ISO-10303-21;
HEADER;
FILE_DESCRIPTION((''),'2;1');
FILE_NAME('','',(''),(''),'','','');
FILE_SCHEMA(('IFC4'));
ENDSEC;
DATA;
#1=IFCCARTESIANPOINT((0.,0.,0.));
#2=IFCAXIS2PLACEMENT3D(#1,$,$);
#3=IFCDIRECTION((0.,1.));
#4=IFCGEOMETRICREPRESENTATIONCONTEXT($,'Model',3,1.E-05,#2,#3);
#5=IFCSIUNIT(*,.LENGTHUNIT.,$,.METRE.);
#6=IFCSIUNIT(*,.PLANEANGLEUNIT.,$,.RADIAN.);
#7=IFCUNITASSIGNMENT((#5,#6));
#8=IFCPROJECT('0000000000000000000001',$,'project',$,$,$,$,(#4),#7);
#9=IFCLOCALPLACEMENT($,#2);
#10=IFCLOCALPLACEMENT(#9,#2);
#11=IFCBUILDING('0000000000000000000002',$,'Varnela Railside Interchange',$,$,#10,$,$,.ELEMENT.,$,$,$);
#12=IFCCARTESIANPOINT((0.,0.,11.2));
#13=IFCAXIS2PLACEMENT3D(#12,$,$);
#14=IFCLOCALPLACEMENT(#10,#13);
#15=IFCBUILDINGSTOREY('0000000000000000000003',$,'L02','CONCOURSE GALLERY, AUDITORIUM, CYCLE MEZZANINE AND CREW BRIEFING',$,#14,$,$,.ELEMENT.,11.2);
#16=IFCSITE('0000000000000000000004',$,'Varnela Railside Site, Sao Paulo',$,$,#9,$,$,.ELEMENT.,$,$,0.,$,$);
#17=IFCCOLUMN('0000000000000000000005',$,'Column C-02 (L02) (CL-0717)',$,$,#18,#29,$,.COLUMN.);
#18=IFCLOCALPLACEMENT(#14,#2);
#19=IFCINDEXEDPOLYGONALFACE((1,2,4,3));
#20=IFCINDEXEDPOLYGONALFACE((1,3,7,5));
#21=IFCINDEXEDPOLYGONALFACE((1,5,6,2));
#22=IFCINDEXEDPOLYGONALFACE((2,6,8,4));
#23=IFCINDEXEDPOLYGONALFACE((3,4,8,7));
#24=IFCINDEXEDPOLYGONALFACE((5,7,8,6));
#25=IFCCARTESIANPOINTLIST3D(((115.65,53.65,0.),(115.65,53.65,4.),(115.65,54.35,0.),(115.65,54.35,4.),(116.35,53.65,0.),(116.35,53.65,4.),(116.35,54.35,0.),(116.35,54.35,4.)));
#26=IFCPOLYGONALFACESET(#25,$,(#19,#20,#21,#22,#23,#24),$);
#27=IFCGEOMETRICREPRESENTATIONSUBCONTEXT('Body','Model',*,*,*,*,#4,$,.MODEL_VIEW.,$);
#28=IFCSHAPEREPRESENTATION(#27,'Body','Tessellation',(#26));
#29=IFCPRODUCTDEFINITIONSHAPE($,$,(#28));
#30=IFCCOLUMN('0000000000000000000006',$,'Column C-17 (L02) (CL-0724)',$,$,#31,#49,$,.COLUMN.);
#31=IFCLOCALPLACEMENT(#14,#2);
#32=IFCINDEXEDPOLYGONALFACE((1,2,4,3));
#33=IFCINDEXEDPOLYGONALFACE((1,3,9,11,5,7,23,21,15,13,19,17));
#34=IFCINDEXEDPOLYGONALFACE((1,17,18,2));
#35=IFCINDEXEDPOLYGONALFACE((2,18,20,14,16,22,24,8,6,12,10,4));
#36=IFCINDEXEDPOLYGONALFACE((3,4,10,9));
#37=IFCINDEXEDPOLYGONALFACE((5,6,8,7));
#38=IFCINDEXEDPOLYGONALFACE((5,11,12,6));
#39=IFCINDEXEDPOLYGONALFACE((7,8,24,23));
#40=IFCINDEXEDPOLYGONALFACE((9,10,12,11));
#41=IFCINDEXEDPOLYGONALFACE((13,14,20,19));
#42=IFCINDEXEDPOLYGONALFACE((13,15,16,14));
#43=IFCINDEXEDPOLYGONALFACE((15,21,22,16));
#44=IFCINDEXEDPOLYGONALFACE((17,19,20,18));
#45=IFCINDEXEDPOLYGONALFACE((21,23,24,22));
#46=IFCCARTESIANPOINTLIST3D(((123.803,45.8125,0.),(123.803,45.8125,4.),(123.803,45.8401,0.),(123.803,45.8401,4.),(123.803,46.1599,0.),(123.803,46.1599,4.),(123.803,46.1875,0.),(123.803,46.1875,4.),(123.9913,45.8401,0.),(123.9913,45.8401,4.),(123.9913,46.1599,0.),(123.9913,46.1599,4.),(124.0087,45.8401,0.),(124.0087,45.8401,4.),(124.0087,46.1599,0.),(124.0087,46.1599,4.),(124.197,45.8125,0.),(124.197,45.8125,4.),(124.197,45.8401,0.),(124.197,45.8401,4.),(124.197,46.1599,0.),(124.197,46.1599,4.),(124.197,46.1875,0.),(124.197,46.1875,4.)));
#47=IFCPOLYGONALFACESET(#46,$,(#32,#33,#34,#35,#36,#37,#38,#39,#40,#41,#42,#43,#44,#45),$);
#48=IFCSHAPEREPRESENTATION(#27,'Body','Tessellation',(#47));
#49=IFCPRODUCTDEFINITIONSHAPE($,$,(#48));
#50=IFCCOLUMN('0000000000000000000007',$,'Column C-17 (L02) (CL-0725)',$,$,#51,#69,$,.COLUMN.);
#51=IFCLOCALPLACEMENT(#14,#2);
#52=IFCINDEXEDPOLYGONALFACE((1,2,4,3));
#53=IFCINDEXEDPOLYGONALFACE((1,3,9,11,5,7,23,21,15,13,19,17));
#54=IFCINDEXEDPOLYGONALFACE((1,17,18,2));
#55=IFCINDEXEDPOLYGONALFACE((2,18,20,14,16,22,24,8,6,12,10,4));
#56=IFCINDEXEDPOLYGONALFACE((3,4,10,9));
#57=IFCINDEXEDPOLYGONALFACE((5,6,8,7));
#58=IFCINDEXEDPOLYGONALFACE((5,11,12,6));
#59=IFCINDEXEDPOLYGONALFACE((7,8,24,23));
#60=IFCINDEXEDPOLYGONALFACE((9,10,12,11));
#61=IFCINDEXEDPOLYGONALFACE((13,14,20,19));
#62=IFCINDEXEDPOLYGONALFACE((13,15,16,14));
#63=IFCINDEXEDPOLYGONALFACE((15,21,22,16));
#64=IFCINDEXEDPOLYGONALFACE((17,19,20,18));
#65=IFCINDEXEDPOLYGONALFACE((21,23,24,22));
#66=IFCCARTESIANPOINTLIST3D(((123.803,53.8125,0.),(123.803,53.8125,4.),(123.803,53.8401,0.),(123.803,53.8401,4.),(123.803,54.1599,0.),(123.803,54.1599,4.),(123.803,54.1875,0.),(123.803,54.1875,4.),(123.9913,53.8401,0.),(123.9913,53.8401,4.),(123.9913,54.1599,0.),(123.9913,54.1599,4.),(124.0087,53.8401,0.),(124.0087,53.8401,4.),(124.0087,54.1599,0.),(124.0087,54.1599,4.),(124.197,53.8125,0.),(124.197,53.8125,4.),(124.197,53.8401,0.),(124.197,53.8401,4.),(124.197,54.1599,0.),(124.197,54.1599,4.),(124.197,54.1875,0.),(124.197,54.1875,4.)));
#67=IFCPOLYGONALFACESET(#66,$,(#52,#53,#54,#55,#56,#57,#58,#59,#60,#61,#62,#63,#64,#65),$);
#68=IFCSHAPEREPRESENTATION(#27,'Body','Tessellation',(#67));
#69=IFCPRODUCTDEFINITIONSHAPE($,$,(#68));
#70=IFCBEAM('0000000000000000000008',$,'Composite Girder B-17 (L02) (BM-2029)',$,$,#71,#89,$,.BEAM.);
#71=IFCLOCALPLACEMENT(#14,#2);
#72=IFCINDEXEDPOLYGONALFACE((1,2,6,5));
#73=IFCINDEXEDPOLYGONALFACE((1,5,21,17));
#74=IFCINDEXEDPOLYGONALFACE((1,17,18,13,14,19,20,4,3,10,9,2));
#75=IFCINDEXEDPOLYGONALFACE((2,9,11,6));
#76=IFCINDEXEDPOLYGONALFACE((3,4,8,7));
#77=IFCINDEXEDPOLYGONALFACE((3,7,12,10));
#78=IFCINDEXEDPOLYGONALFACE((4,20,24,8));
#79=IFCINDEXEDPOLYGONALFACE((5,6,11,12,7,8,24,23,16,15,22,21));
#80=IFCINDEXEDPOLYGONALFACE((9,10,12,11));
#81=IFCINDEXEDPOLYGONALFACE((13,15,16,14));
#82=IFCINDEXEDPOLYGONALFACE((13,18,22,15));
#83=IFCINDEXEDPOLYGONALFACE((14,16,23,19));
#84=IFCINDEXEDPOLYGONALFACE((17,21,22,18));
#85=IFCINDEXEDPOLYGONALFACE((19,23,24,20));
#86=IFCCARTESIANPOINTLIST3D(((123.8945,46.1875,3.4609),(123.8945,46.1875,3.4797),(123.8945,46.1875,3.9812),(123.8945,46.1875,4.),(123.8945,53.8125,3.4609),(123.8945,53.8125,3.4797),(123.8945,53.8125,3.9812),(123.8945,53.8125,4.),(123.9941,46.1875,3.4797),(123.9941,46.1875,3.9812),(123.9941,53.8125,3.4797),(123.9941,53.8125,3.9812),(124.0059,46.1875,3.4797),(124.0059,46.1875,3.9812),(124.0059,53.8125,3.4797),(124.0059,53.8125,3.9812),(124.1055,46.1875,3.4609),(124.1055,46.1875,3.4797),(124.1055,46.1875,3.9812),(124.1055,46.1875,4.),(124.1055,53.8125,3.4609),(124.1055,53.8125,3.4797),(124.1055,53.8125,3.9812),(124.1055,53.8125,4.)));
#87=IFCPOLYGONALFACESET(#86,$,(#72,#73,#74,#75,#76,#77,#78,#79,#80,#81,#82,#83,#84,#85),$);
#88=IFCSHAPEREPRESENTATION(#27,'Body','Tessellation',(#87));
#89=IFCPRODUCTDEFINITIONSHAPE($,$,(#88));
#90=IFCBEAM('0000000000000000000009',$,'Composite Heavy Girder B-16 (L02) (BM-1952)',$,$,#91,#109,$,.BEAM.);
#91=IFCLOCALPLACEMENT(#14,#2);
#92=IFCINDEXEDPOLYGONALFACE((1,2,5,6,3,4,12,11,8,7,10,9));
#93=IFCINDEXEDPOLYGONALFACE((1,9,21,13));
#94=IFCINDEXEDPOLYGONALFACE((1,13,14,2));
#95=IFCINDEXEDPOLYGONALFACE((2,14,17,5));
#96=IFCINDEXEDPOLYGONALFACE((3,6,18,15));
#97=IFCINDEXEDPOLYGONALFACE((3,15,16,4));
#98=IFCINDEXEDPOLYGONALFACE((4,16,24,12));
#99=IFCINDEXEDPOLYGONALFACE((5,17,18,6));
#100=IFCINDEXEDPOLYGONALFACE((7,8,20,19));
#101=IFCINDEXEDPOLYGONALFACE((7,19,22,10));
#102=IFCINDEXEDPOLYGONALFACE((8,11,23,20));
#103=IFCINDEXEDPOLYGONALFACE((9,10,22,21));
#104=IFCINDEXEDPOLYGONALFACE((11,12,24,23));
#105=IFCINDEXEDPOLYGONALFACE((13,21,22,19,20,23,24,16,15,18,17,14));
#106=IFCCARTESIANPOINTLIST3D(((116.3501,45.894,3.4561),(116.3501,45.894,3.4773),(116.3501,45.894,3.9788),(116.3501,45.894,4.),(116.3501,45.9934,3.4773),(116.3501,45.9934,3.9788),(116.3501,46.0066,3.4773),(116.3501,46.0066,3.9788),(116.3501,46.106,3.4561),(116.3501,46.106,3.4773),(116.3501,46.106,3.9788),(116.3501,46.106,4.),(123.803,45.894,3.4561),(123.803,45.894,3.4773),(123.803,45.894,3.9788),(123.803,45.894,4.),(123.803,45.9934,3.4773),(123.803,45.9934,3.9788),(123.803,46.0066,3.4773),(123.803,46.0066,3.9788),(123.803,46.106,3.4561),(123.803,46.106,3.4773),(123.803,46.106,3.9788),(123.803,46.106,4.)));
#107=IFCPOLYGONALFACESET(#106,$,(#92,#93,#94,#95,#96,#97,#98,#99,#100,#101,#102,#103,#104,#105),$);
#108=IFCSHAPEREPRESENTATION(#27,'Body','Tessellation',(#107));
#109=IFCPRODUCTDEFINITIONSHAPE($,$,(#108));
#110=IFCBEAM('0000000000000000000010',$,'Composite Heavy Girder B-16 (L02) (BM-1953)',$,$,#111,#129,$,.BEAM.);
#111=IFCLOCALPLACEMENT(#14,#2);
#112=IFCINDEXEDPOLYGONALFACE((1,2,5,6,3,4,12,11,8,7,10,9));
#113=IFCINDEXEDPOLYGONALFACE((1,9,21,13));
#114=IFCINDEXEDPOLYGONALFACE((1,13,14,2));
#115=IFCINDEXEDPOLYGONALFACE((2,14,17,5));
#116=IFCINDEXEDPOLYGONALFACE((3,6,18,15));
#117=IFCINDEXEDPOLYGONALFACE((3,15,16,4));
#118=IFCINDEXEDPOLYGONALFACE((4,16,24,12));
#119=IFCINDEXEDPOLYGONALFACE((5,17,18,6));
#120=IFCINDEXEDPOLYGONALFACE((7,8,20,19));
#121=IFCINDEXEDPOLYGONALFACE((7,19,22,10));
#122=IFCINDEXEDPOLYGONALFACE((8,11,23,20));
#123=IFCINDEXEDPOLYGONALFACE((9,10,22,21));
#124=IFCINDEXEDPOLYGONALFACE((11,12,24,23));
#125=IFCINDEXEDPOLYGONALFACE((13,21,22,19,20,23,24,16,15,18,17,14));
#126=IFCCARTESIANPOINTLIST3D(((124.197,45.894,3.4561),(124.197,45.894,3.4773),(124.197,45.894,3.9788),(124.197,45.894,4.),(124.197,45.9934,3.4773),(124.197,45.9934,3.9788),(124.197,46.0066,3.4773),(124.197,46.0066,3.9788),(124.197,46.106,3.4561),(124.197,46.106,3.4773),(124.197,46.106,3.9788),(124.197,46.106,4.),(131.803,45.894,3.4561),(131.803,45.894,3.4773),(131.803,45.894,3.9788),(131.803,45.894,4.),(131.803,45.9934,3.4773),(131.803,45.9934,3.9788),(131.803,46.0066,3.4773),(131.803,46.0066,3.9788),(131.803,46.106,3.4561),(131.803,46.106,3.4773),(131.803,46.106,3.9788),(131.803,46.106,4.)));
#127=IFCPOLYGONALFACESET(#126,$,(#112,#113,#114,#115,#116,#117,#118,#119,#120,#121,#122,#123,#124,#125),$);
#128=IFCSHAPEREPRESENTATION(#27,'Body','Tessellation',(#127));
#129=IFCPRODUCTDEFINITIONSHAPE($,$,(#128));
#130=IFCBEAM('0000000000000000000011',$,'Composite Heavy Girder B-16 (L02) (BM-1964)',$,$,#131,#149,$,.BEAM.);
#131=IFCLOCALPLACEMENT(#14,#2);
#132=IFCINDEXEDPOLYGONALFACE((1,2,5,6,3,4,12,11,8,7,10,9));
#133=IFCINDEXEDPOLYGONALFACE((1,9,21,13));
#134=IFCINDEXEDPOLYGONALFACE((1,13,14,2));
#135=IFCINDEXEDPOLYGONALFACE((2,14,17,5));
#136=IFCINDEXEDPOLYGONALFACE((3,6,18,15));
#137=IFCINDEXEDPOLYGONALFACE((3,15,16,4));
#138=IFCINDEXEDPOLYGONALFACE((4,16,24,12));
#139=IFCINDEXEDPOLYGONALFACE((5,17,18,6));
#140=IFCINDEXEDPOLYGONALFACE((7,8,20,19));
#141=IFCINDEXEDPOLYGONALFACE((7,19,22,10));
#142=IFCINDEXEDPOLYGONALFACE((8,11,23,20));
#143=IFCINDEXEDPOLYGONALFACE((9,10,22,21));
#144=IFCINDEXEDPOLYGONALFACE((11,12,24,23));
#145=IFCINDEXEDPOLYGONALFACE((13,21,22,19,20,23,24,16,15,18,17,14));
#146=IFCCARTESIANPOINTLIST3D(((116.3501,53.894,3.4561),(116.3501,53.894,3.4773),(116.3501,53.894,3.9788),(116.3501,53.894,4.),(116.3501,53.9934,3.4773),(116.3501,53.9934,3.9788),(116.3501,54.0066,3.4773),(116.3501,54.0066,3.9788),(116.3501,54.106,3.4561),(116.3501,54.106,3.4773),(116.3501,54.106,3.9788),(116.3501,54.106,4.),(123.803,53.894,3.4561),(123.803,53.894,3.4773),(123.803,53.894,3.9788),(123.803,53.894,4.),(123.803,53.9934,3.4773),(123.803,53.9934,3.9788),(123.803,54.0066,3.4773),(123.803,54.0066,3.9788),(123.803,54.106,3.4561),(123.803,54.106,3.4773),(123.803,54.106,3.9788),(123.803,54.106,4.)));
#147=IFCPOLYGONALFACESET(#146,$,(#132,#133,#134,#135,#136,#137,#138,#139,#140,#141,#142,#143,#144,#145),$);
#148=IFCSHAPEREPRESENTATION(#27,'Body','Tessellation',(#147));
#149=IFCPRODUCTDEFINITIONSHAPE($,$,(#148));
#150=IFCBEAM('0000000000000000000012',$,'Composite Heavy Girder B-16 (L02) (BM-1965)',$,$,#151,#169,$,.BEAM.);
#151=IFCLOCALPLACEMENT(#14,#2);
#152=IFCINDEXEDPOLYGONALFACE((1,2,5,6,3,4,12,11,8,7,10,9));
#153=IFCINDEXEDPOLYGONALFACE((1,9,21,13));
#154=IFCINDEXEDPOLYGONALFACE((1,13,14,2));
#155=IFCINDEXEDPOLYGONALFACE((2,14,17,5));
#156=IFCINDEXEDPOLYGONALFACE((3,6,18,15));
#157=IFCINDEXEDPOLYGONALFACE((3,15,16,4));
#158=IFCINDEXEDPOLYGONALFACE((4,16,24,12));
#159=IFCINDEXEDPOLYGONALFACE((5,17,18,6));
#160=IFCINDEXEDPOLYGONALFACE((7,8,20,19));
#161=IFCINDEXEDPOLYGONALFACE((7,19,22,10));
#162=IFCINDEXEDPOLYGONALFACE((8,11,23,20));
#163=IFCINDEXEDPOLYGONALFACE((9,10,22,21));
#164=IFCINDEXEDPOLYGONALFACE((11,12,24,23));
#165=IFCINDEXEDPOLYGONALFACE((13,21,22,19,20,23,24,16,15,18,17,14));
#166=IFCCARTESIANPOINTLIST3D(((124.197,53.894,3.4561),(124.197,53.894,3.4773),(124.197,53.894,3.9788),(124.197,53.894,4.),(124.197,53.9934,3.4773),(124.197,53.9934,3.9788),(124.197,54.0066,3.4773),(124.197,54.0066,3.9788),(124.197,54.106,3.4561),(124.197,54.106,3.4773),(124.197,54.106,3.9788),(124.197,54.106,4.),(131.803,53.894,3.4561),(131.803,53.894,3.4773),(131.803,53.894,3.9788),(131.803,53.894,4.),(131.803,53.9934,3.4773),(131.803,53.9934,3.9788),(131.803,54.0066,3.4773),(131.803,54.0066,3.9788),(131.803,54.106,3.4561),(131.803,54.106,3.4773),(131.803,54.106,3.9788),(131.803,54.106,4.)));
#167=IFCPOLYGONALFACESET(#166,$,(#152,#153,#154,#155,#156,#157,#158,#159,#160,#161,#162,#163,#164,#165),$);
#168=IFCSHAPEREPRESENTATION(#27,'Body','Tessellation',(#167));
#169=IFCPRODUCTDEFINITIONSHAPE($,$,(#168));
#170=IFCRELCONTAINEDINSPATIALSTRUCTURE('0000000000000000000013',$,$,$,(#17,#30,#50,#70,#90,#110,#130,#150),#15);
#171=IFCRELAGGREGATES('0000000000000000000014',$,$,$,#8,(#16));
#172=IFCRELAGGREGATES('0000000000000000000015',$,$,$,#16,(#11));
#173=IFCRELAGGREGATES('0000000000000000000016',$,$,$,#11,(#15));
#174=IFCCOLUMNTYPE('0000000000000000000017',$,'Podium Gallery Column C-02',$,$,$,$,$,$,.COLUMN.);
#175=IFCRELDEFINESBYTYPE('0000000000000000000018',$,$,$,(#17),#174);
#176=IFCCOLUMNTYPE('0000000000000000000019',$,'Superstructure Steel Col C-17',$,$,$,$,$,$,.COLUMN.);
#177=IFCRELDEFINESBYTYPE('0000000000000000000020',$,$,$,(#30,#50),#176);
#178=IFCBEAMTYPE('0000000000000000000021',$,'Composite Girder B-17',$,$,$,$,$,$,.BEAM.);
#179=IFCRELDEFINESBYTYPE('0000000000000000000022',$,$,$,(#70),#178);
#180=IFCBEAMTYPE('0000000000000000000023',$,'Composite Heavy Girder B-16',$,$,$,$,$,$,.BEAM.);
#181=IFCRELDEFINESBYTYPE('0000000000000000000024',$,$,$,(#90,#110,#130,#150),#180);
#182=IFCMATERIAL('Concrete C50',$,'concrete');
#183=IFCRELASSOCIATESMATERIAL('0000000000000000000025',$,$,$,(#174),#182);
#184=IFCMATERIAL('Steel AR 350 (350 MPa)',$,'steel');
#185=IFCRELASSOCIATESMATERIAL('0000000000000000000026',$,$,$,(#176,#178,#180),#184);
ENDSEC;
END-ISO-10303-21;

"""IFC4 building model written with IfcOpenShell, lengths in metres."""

from ifc_helpers import new_model, si_unit, direction, frame, origin, origin_2d, place, context, subcontext, project, spatial, rectangle, i_section, extrude, material, material_profile, profile_set, type_object, element, save


model = new_model("IFC4")

# Units and contexts
model_context = context("Model", 3, precision=1e-05, world=origin(), true_north=direction((0.0, 1.0)))
body_context = subcontext(model_context, "Body", "Model", "MODEL_VIEW")
ifc_project = project(units=[si_unit("LENGTHUNIT", "METRE"), si_unit("PLANEANGLEUNIT", "RADIAN")], contexts=[model_context])

# Site, building, storey
site_placement = place(None, origin())
site = spatial("IfcSite", under=ifc_project, at=site_placement, Name="Varnela Railside Site, Sao Paulo", CompositionType="ELEMENT", RefElevation=0.0)
building_placement = place(site_placement, origin())
building = spatial("IfcBuilding", under=site, at=building_placement, Name="Varnela Railside Interchange", CompositionType="ELEMENT")
storey_placement = place(building_placement, frame((0.0, 0.0, 11.2)))
storey = spatial("IfcBuildingStorey", under=building, at=storey_placement, Name="L02", Description="CONCOURSE GALLERY, AUDITORIUM, CYCLE MEZZANINE AND CREW BRIEFING", CompositionType="ELEMENT", Elevation=11.2)

# Columns
ifc_material_1 = material(Name="Concrete C50", Category="concrete")
ifc_material_profile_1 = material_profile(ifc_material_1, rectangle(XDim=0.7, YDim=0.7, at=origin_2d()), Name="RC 700x700")
ifc_profile_set_1 = profile_set([ifc_material_profile_1], Name="Concrete C50")
column_type_1 = type_object("IfcColumnType", Name="Podium Gallery Column C-02", PredefinedType="COLUMN", material=ifc_profile_set_1)
column_placement = place(storey_placement, frame((116.0, 54.0, 0.0), z_axis=(0.0, 0.0, 1.0), x_axis=(1.0, 0.0, 0.0)))
element("IfcColumn", 1, at=column_placement, inside=storey, type_object=column_type_1, Name="Column C-02 (L02) (CL-0717)", PredefinedType="COLUMN", context=body_context, shape_type="SweptSolid", body=[
    extrude(rectangle(XDim=0.7, YDim=0.7, at=origin_2d()), origin(), (0.0, 0.0, 1.0), 4.0),
])
ifc_material_2 = material(Name="Steel AR 350 (350 MPa)", Category="steel")
ifc_material_profile_2 = material_profile(ifc_material_2, i_section(OverallWidth=0.394, OverallDepth=0.375, WebThickness=0.0173, FlangeThickness=0.0276, at=origin_2d()), Name="W360x216")
ifc_profile_set_2 = profile_set([ifc_material_profile_2], Name="Steel AR 350 (350 MPa)")
column_type_2 = type_object("IfcColumnType", Name="Superstructure Steel Col C-17", PredefinedType="COLUMN", material=ifc_profile_set_2)
for number, where, z_axis, x_axis, name in (
    (2, (124.0, 46.0, 0.0), (0.0, 0.0, 1.0), (1.0, 0.0, 0.0), "Column C-17 (L02) (CL-0724)"),
    (3, (124.0, 54.0, 0.0), (0.0, 0.0, 1.0), (1.0, 0.0, 0.0), "Column C-17 (L02) (CL-0725)"),
):
    element("IfcColumn", number, at=place(storey_placement, frame(where, z_axis=z_axis, x_axis=x_axis)), inside=storey, type_object=column_type_2, Name=name, PredefinedType="COLUMN", context=body_context, shape_type="SweptSolid", body=[
        extrude(i_section(OverallWidth=0.394, OverallDepth=0.375, WebThickness=0.0173, FlangeThickness=0.0276, at=origin_2d()), origin(), (0.0, 0.0, 1.0), 4.0),
    ])

# Beams
ifc_material_profile_3 = material_profile(ifc_material_2, i_section(OverallWidth=0.2109, OverallDepth=0.5391, WebThickness=0.0117, FlangeThickness=0.0188, at=origin_2d()), Name="W530x109")
ifc_profile_set_3 = profile_set([ifc_material_profile_3], Name="Steel AR 350 (350 MPa)")
beam_type_1 = type_object("IfcBeamType", Name="Composite Girder B-17", PredefinedType="BEAM", material=ifc_profile_set_3)
beam_1_placement = place(storey_placement, frame((124.0, 46.1875, 3.7305), z_axis=(0.0, 1.0, 0.0), x_axis=(-1.0, 0.0, 0.0)))
element("IfcBeam", 4, at=beam_1_placement, inside=storey, type_object=beam_type_1, Name="Composite Girder B-17 (L02) (BM-2029)", PredefinedType="BEAM", context=body_context, shape_type="SweptSolid", body=[
    extrude(i_section(OverallWidth=0.2109, OverallDepth=0.5391, WebThickness=0.0117, FlangeThickness=0.0188, at=origin_2d()), origin(), (0.0, 0.0, 1.0), 7.625),
])
ifc_material_profile_4 = material_profile(ifc_material_2, i_section(OverallWidth=0.2119, OverallDepth=0.5439, WebThickness=0.0132, FlangeThickness=0.0212, at=origin_2d()), Name="W530x123")
ifc_profile_set_4 = profile_set([ifc_material_profile_4], Name="Steel AR 350 (350 MPa)")
beam_type_2 = type_object("IfcBeamType", Name="Composite Heavy Girder B-16", PredefinedType="BEAM", material=ifc_profile_set_4)
beam_2_placement = place(storey_placement, frame((116.3501, 46.0, 3.728), z_axis=(1.0, 0.0, 0.0), x_axis=(0.0, 1.0, 0.0)))
element("IfcBeam", 5, at=beam_2_placement, inside=storey, type_object=beam_type_2, Name="Composite Heavy Girder B-16 (L02) (BM-1952)", PredefinedType="BEAM", context=body_context, shape_type="SweptSolid", body=[
    extrude(i_section(OverallWidth=0.2119, OverallDepth=0.5439, WebThickness=0.0132, FlangeThickness=0.0212, at=origin_2d()), origin(), (0.0, 0.0, 1.0), 7.4529),
])
beam_3_placement = place(storey_placement, frame((124.197, 46.0, 3.728), z_axis=(1.0, 0.0, 0.0), x_axis=(0.0, 1.0, 0.0)))
element("IfcBeam", 6, at=beam_3_placement, inside=storey, type_object=beam_type_2, Name="Composite Heavy Girder B-16 (L02) (BM-1953)", PredefinedType="BEAM", context=body_context, shape_type="SweptSolid", body=[
    extrude(i_section(OverallWidth=0.2119, OverallDepth=0.5439, WebThickness=0.0132, FlangeThickness=0.0212, at=origin_2d()), origin(), (0.0, 0.0, 1.0), 7.606),
])
beam_4_placement = place(storey_placement, frame((116.3501, 54.0, 3.728), z_axis=(1.0, 0.0, 0.0), x_axis=(0.0, 1.0, 0.0)))
element("IfcBeam", 7, at=beam_4_placement, inside=storey, type_object=beam_type_2, Name="Composite Heavy Girder B-16 (L02) (BM-1964)", PredefinedType="BEAM", context=body_context, shape_type="SweptSolid", body=[
    extrude(i_section(OverallWidth=0.2119, OverallDepth=0.5439, WebThickness=0.0132, FlangeThickness=0.0212, at=origin_2d()), origin(), (0.0, 0.0, 1.0), 7.4529),
])
beam_5_placement = place(storey_placement, frame((124.197, 54.0, 3.728), z_axis=(1.0, 0.0, 0.0), x_axis=(0.0, 1.0, 0.0)))
element("IfcBeam", 8, at=beam_5_placement, inside=storey, type_object=beam_type_2, Name="Composite Heavy Girder B-16 (L02) (BM-1965)", PredefinedType="BEAM", context=body_context, shape_type="SweptSolid", body=[
    extrude(i_section(OverallWidth=0.2119, OverallDepth=0.5439, WebThickness=0.0132, FlangeThickness=0.0212, at=origin_2d()), origin(), (0.0, 0.0, 1.0), 7.606),
])

save(model, "model.ifc")
